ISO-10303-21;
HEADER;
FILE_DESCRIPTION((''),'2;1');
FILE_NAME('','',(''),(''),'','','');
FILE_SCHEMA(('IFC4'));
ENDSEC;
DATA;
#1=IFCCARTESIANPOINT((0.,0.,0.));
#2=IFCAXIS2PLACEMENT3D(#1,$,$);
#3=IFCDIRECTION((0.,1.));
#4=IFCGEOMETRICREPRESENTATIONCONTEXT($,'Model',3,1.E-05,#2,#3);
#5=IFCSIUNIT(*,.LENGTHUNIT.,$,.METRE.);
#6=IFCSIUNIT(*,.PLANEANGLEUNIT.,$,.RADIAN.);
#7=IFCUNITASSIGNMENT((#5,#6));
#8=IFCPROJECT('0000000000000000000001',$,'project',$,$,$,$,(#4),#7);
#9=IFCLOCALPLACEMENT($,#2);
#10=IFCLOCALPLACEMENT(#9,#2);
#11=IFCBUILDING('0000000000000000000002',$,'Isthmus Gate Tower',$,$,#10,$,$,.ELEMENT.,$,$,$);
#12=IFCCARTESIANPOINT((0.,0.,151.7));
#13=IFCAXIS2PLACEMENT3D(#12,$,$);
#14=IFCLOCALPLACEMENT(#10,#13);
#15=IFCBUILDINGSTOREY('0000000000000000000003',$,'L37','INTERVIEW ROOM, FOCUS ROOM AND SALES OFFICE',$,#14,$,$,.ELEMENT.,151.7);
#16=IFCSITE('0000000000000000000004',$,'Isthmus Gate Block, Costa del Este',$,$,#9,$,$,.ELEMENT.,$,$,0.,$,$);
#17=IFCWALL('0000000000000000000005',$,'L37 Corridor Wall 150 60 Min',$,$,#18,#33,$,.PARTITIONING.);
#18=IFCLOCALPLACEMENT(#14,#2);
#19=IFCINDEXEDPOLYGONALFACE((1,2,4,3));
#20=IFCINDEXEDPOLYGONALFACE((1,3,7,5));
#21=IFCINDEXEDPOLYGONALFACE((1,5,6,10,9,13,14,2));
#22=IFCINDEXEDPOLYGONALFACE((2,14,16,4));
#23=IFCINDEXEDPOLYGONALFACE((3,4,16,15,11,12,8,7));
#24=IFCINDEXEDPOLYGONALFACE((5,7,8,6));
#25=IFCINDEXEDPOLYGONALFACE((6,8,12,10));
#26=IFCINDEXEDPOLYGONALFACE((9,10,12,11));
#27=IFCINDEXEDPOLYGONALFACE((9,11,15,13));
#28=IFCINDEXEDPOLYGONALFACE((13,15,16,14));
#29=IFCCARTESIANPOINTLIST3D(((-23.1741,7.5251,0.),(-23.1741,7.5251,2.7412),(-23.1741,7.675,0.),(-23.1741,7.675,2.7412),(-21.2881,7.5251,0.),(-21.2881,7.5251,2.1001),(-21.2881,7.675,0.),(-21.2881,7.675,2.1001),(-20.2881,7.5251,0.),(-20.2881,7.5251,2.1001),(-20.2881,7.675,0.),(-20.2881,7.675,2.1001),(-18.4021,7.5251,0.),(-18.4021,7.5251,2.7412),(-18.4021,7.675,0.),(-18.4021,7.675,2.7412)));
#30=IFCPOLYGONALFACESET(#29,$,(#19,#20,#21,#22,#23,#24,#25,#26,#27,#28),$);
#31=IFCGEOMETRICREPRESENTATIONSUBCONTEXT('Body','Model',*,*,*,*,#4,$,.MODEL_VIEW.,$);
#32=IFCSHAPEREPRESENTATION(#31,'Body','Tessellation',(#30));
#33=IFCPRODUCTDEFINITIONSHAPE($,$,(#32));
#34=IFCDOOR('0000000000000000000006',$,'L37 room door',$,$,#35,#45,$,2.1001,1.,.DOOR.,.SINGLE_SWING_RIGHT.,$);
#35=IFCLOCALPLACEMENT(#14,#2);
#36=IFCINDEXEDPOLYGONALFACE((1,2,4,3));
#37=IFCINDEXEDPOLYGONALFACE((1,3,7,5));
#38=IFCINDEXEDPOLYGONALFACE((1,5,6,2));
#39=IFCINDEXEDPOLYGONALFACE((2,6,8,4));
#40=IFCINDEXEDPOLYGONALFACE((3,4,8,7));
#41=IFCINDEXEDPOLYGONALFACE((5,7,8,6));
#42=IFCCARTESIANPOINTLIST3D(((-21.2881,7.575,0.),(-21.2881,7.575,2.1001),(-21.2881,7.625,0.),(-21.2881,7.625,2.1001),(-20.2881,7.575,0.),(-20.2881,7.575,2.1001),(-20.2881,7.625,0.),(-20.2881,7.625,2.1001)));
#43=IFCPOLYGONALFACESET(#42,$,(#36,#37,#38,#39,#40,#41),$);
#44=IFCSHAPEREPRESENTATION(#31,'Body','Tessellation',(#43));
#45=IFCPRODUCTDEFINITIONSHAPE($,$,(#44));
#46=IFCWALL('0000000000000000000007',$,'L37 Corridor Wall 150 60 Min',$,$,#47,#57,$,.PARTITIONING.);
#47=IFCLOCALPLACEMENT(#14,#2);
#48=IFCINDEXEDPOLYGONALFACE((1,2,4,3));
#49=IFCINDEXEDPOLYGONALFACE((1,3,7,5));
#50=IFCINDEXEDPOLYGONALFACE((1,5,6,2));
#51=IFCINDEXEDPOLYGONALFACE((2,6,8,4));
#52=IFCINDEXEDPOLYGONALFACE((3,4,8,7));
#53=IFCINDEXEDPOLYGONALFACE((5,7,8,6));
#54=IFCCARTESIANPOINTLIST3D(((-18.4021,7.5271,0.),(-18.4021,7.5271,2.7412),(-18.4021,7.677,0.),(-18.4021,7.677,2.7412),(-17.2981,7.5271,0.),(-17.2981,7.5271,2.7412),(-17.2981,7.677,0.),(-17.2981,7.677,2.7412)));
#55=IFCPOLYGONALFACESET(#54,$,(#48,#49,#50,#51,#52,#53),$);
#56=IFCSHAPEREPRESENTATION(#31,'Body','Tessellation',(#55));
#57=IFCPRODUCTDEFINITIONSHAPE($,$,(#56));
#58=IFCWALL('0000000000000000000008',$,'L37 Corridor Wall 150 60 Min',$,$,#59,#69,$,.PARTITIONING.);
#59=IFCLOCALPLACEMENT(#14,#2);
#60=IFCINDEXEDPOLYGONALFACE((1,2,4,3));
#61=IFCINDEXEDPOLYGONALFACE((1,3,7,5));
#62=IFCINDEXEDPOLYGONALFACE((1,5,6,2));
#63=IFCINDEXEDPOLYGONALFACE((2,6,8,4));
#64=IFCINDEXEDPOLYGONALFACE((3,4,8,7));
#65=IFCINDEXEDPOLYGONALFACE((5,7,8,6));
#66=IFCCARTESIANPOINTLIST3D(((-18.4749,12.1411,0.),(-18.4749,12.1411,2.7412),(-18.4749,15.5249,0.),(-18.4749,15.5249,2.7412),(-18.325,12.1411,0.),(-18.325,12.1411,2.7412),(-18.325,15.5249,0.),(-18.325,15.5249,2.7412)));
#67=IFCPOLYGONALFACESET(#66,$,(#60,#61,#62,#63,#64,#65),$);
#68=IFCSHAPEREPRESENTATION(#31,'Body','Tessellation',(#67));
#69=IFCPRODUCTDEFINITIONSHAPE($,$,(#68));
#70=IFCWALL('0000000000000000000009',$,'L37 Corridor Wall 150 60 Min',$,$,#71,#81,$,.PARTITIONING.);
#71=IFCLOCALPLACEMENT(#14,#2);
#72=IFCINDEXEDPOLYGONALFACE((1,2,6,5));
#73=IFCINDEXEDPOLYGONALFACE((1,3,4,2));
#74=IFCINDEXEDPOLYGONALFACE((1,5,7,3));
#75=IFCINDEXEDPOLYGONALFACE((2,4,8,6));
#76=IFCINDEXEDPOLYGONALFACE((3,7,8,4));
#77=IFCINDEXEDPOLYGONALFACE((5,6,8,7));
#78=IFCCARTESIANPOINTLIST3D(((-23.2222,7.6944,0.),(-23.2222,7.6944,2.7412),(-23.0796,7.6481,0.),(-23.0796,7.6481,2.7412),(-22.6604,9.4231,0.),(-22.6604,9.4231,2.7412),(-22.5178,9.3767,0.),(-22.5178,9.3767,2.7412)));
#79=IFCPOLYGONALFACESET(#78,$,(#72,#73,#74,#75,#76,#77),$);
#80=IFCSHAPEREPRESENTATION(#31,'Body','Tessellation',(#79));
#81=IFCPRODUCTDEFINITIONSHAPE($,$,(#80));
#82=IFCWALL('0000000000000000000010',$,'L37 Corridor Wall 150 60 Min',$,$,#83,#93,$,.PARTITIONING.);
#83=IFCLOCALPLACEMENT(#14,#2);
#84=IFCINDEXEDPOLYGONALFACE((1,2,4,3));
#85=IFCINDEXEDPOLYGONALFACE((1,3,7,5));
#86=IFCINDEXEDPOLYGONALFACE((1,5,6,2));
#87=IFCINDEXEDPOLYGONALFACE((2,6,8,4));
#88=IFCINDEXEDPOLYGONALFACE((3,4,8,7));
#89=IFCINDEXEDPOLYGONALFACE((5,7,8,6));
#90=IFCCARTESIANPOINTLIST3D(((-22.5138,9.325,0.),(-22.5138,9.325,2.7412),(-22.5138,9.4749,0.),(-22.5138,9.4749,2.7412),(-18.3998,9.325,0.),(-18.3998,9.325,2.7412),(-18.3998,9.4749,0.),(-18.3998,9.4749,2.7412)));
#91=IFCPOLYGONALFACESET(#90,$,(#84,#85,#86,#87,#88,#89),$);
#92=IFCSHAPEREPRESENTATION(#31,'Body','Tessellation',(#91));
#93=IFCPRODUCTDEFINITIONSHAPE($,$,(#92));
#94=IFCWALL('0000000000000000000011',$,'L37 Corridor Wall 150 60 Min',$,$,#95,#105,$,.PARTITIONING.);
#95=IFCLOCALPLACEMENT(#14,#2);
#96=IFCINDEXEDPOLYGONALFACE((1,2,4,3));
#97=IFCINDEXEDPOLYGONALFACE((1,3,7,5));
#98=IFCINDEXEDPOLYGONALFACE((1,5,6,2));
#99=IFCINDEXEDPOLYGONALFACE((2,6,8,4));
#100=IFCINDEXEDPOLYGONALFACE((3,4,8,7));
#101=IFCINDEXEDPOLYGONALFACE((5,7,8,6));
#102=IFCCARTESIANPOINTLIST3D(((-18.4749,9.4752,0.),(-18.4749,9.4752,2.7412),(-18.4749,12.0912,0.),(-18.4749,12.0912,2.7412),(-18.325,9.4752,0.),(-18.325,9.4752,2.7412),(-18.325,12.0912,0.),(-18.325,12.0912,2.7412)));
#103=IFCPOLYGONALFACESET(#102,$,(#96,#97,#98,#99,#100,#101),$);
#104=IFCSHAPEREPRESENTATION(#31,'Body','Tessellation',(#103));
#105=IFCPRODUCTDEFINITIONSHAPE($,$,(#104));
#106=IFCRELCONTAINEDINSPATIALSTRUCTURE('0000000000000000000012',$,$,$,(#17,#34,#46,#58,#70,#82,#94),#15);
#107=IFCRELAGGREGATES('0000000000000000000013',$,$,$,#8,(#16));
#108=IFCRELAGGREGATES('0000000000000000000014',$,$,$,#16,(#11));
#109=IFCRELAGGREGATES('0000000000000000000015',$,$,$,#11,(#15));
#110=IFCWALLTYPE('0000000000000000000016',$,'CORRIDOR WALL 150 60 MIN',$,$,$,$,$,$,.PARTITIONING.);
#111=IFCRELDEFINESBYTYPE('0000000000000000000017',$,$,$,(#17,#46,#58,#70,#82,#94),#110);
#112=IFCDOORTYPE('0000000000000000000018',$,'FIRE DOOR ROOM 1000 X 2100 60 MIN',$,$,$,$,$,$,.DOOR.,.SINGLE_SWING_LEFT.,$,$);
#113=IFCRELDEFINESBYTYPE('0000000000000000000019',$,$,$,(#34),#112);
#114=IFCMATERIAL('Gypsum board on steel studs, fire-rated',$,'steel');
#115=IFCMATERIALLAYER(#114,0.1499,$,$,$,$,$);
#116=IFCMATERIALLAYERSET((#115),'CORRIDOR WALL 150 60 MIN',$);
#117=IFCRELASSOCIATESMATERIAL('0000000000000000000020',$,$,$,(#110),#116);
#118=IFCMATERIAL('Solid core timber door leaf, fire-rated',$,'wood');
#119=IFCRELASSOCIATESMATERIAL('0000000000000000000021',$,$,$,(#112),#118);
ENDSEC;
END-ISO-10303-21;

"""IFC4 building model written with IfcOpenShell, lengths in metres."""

from ifc_helpers import new_model, si_unit, direction, frame, frame_2d, origin, place, context, subcontext, project, spatial, rectangle, extrude, material, layer, layer_set, type_object, element, fill, save


model = new_model("IFC4")

# Units and contexts
model_context = context("Model", 3, precision=1e-05, world=origin(), true_north=direction((0.0, 1.0)))
body_context = subcontext(model_context, "Body", "Model", "MODEL_VIEW")
ifc_project = project(units=[si_unit("LENGTHUNIT", "METRE"), si_unit("PLANEANGLEUNIT", "RADIAN")], contexts=[model_context])

# Site, building, storey
site_placement = place(None, origin())
site = spatial("IfcSite", under=ifc_project, at=site_placement, Name="Isthmus Gate Block, Costa del Este", CompositionType="ELEMENT", RefElevation=0.0)
building_placement = place(site_placement, origin())
building = spatial("IfcBuilding", under=site, at=building_placement, Name="Isthmus Gate Tower", CompositionType="ELEMENT")
storey_placement = place(building_placement, frame((0.0, 0.0, 151.7)))
storey = spatial("IfcBuildingStorey", under=building, at=storey_placement, Name="L37", Description="INTERVIEW ROOM, FOCUS ROOM AND SALES OFFICE", CompositionType="ELEMENT", Elevation=151.7)

# Wall, opening, door
ifc_material_1 = material(Name="Gypsum board on steel studs, fire-rated", Category="steel")
ifc_layer_1 = layer(ifc_material_1, 0.1499)
ifc_layer_set_1 = layer_set([ifc_layer_1], Name="CORRIDOR WALL 150 60 MIN")
wall_type_1 = type_object("IfcWallType", Name="CORRIDOR WALL 150 60 MIN", PredefinedType="PARTITIONING", material=ifc_layer_set_1)
wall_1_placement = place(storey_placement, frame((-23.1741, 7.6001, 0.0), z_axis=(0.0, 0.0, 1.0), x_axis=(1.0, 0.0, 0.0)))
wall_1 = element("IfcWall", 1, at=wall_1_placement, inside=storey, type_object=wall_type_1, Name="L37 Corridor Wall 150 60 Min", PredefinedType="PARTITIONING", context=body_context, shape_type="SweptSolid", body=[
    extrude(rectangle(XDim=4.772, YDim=0.1499, at=frame_2d((2.386, 0.0))), origin(), (0.0, 0.0, 1.0), 2.7412),
])
opening_1_placement = place(wall_1_placement, frame((1.886, 0.0, 0.0)))
opening_1 = element("IfcOpeningElement", 2, at=opening_1_placement, cuts=wall_1, PredefinedType="OPENING", context=body_context, shape_type="SweptSolid", body=[
    extrude(rectangle(XDim=1.0, YDim=2.1001, at=frame_2d((0.5, 1.05))), frame((0.0, 0.085, 0.0), z_axis=(0.0, -1.0, 0.0), x_axis=(1.0, 0.0, 0.0)), (0.0, 0.0, 1.0), 0.1699),
])
ifc_material_2 = material(Name="Solid core timber door leaf, fire-rated", Category="wood")
door_type_1 = type_object("IfcDoorType", Name="FIRE DOOR ROOM 1000 X 2100 60 MIN", OperationType="SINGLE_SWING_LEFT", PredefinedType="DOOR", material=ifc_material_2)
door_1_placement = place(opening_1_placement, origin())
door_1 = element("IfcDoor", 3, at=door_1_placement, inside=storey, type_object=door_type_1, Name="L37 room door", OperationType="SINGLE_SWING_RIGHT", OverallHeight=2.1001, OverallWidth=1.0, PredefinedType="DOOR", context=body_context, shape_type="SweptSolid", body=[
    extrude(rectangle(XDim=1.0, YDim=2.1001, at=frame_2d((0.5, 1.05))), frame((0.0, 0.0249, 0.0), z_axis=(0.0, -1.0, 0.0), x_axis=(1.0, 0.0, 0.0)), (0.0, 0.0, 1.0), 0.05),
])
fill(opening_1, door_1)

# Walls
wall_2_placement = place(storey_placement, frame((-17.2981, 7.6021, 0.0), z_axis=(0.0, 0.0, 1.0), x_axis=(-1.0, 0.0, 0.0)))
element("IfcWall", 4, at=wall_2_placement, inside=storey, type_object=wall_type_1, Name="L37 Corridor Wall 150 60 Min", PredefinedType="PARTITIONING", context=body_context, shape_type="SweptSolid", body=[
    extrude(rectangle(XDim=1.104, YDim=0.1499, at=frame_2d((0.552, 0.0))), origin(), (0.0, 0.0, 1.0), 2.7412),
])
wall_3_placement = place(storey_placement, frame((-18.3999, 12.1411, 0.0), z_axis=(0.0, 0.0, 1.0), x_axis=(0.0, 1.0, 0.0)))
element("IfcWall", 5, at=wall_3_placement, inside=storey, type_object=wall_type_1, Name="L37 Corridor Wall 150 60 Min", PredefinedType="PARTITIONING", context=body_context, shape_type="SweptSolid", body=[
    extrude(rectangle(XDim=3.3838, YDim=0.1499, at=frame_2d((1.6919, 0.0))), origin(), (0.0, 0.0, 1.0), 2.7412),
])
wall_4_placement = place(storey_placement, frame((-23.1509, 7.6714, 0.0), z_axis=(0.0, 0.0, 1.0), x_axis=(0.309086, 0.951034, 0.0)))
element("IfcWall", 6, at=wall_4_placement, inside=storey, type_object=wall_type_1, Name="L37 Corridor Wall 150 60 Min", PredefinedType="PARTITIONING", context=body_context, shape_type="SweptSolid", body=[
    extrude(rectangle(XDim=1.8176, YDim=0.1499, at=frame_2d((0.9087, 0.0))), origin(), (0.0, 0.0, 1.0), 2.7412),
])
wall_5_placement = place(storey_placement, frame((-22.5139, 9.3999, 0.0), z_axis=(0.0, 0.0, 1.0), x_axis=(1.0, 0.0, 0.0)))
element("IfcWall", 7, at=wall_5_placement, inside=storey, type_object=wall_type_1, Name="L37 Corridor Wall 150 60 Min", PredefinedType="PARTITIONING", context=body_context, shape_type="SweptSolid", body=[
    extrude(rectangle(XDim=4.114, YDim=0.1499, at=frame_2d((2.0571, 0.0))), origin(), (0.0, 0.0, 1.0), 2.7412),
])
wall_6_placement = place(storey_placement, frame((-18.3999, 9.4751, 0.0), z_axis=(0.0, 0.0, 1.0), x_axis=(0.0, 1.0, 0.0)))
element("IfcWall", 8, at=wall_6_placement, inside=storey, type_object=wall_type_1, Name="L37 Corridor Wall 150 60 Min", PredefinedType="PARTITIONING", context=body_context, shape_type="SweptSolid", body=[
    extrude(rectangle(XDim=2.616, YDim=0.1499, at=frame_2d((1.3081, 0.0))), origin(), (0.0, 0.0, 1.0), 2.7412),
])

save(model, "model.ifc")
